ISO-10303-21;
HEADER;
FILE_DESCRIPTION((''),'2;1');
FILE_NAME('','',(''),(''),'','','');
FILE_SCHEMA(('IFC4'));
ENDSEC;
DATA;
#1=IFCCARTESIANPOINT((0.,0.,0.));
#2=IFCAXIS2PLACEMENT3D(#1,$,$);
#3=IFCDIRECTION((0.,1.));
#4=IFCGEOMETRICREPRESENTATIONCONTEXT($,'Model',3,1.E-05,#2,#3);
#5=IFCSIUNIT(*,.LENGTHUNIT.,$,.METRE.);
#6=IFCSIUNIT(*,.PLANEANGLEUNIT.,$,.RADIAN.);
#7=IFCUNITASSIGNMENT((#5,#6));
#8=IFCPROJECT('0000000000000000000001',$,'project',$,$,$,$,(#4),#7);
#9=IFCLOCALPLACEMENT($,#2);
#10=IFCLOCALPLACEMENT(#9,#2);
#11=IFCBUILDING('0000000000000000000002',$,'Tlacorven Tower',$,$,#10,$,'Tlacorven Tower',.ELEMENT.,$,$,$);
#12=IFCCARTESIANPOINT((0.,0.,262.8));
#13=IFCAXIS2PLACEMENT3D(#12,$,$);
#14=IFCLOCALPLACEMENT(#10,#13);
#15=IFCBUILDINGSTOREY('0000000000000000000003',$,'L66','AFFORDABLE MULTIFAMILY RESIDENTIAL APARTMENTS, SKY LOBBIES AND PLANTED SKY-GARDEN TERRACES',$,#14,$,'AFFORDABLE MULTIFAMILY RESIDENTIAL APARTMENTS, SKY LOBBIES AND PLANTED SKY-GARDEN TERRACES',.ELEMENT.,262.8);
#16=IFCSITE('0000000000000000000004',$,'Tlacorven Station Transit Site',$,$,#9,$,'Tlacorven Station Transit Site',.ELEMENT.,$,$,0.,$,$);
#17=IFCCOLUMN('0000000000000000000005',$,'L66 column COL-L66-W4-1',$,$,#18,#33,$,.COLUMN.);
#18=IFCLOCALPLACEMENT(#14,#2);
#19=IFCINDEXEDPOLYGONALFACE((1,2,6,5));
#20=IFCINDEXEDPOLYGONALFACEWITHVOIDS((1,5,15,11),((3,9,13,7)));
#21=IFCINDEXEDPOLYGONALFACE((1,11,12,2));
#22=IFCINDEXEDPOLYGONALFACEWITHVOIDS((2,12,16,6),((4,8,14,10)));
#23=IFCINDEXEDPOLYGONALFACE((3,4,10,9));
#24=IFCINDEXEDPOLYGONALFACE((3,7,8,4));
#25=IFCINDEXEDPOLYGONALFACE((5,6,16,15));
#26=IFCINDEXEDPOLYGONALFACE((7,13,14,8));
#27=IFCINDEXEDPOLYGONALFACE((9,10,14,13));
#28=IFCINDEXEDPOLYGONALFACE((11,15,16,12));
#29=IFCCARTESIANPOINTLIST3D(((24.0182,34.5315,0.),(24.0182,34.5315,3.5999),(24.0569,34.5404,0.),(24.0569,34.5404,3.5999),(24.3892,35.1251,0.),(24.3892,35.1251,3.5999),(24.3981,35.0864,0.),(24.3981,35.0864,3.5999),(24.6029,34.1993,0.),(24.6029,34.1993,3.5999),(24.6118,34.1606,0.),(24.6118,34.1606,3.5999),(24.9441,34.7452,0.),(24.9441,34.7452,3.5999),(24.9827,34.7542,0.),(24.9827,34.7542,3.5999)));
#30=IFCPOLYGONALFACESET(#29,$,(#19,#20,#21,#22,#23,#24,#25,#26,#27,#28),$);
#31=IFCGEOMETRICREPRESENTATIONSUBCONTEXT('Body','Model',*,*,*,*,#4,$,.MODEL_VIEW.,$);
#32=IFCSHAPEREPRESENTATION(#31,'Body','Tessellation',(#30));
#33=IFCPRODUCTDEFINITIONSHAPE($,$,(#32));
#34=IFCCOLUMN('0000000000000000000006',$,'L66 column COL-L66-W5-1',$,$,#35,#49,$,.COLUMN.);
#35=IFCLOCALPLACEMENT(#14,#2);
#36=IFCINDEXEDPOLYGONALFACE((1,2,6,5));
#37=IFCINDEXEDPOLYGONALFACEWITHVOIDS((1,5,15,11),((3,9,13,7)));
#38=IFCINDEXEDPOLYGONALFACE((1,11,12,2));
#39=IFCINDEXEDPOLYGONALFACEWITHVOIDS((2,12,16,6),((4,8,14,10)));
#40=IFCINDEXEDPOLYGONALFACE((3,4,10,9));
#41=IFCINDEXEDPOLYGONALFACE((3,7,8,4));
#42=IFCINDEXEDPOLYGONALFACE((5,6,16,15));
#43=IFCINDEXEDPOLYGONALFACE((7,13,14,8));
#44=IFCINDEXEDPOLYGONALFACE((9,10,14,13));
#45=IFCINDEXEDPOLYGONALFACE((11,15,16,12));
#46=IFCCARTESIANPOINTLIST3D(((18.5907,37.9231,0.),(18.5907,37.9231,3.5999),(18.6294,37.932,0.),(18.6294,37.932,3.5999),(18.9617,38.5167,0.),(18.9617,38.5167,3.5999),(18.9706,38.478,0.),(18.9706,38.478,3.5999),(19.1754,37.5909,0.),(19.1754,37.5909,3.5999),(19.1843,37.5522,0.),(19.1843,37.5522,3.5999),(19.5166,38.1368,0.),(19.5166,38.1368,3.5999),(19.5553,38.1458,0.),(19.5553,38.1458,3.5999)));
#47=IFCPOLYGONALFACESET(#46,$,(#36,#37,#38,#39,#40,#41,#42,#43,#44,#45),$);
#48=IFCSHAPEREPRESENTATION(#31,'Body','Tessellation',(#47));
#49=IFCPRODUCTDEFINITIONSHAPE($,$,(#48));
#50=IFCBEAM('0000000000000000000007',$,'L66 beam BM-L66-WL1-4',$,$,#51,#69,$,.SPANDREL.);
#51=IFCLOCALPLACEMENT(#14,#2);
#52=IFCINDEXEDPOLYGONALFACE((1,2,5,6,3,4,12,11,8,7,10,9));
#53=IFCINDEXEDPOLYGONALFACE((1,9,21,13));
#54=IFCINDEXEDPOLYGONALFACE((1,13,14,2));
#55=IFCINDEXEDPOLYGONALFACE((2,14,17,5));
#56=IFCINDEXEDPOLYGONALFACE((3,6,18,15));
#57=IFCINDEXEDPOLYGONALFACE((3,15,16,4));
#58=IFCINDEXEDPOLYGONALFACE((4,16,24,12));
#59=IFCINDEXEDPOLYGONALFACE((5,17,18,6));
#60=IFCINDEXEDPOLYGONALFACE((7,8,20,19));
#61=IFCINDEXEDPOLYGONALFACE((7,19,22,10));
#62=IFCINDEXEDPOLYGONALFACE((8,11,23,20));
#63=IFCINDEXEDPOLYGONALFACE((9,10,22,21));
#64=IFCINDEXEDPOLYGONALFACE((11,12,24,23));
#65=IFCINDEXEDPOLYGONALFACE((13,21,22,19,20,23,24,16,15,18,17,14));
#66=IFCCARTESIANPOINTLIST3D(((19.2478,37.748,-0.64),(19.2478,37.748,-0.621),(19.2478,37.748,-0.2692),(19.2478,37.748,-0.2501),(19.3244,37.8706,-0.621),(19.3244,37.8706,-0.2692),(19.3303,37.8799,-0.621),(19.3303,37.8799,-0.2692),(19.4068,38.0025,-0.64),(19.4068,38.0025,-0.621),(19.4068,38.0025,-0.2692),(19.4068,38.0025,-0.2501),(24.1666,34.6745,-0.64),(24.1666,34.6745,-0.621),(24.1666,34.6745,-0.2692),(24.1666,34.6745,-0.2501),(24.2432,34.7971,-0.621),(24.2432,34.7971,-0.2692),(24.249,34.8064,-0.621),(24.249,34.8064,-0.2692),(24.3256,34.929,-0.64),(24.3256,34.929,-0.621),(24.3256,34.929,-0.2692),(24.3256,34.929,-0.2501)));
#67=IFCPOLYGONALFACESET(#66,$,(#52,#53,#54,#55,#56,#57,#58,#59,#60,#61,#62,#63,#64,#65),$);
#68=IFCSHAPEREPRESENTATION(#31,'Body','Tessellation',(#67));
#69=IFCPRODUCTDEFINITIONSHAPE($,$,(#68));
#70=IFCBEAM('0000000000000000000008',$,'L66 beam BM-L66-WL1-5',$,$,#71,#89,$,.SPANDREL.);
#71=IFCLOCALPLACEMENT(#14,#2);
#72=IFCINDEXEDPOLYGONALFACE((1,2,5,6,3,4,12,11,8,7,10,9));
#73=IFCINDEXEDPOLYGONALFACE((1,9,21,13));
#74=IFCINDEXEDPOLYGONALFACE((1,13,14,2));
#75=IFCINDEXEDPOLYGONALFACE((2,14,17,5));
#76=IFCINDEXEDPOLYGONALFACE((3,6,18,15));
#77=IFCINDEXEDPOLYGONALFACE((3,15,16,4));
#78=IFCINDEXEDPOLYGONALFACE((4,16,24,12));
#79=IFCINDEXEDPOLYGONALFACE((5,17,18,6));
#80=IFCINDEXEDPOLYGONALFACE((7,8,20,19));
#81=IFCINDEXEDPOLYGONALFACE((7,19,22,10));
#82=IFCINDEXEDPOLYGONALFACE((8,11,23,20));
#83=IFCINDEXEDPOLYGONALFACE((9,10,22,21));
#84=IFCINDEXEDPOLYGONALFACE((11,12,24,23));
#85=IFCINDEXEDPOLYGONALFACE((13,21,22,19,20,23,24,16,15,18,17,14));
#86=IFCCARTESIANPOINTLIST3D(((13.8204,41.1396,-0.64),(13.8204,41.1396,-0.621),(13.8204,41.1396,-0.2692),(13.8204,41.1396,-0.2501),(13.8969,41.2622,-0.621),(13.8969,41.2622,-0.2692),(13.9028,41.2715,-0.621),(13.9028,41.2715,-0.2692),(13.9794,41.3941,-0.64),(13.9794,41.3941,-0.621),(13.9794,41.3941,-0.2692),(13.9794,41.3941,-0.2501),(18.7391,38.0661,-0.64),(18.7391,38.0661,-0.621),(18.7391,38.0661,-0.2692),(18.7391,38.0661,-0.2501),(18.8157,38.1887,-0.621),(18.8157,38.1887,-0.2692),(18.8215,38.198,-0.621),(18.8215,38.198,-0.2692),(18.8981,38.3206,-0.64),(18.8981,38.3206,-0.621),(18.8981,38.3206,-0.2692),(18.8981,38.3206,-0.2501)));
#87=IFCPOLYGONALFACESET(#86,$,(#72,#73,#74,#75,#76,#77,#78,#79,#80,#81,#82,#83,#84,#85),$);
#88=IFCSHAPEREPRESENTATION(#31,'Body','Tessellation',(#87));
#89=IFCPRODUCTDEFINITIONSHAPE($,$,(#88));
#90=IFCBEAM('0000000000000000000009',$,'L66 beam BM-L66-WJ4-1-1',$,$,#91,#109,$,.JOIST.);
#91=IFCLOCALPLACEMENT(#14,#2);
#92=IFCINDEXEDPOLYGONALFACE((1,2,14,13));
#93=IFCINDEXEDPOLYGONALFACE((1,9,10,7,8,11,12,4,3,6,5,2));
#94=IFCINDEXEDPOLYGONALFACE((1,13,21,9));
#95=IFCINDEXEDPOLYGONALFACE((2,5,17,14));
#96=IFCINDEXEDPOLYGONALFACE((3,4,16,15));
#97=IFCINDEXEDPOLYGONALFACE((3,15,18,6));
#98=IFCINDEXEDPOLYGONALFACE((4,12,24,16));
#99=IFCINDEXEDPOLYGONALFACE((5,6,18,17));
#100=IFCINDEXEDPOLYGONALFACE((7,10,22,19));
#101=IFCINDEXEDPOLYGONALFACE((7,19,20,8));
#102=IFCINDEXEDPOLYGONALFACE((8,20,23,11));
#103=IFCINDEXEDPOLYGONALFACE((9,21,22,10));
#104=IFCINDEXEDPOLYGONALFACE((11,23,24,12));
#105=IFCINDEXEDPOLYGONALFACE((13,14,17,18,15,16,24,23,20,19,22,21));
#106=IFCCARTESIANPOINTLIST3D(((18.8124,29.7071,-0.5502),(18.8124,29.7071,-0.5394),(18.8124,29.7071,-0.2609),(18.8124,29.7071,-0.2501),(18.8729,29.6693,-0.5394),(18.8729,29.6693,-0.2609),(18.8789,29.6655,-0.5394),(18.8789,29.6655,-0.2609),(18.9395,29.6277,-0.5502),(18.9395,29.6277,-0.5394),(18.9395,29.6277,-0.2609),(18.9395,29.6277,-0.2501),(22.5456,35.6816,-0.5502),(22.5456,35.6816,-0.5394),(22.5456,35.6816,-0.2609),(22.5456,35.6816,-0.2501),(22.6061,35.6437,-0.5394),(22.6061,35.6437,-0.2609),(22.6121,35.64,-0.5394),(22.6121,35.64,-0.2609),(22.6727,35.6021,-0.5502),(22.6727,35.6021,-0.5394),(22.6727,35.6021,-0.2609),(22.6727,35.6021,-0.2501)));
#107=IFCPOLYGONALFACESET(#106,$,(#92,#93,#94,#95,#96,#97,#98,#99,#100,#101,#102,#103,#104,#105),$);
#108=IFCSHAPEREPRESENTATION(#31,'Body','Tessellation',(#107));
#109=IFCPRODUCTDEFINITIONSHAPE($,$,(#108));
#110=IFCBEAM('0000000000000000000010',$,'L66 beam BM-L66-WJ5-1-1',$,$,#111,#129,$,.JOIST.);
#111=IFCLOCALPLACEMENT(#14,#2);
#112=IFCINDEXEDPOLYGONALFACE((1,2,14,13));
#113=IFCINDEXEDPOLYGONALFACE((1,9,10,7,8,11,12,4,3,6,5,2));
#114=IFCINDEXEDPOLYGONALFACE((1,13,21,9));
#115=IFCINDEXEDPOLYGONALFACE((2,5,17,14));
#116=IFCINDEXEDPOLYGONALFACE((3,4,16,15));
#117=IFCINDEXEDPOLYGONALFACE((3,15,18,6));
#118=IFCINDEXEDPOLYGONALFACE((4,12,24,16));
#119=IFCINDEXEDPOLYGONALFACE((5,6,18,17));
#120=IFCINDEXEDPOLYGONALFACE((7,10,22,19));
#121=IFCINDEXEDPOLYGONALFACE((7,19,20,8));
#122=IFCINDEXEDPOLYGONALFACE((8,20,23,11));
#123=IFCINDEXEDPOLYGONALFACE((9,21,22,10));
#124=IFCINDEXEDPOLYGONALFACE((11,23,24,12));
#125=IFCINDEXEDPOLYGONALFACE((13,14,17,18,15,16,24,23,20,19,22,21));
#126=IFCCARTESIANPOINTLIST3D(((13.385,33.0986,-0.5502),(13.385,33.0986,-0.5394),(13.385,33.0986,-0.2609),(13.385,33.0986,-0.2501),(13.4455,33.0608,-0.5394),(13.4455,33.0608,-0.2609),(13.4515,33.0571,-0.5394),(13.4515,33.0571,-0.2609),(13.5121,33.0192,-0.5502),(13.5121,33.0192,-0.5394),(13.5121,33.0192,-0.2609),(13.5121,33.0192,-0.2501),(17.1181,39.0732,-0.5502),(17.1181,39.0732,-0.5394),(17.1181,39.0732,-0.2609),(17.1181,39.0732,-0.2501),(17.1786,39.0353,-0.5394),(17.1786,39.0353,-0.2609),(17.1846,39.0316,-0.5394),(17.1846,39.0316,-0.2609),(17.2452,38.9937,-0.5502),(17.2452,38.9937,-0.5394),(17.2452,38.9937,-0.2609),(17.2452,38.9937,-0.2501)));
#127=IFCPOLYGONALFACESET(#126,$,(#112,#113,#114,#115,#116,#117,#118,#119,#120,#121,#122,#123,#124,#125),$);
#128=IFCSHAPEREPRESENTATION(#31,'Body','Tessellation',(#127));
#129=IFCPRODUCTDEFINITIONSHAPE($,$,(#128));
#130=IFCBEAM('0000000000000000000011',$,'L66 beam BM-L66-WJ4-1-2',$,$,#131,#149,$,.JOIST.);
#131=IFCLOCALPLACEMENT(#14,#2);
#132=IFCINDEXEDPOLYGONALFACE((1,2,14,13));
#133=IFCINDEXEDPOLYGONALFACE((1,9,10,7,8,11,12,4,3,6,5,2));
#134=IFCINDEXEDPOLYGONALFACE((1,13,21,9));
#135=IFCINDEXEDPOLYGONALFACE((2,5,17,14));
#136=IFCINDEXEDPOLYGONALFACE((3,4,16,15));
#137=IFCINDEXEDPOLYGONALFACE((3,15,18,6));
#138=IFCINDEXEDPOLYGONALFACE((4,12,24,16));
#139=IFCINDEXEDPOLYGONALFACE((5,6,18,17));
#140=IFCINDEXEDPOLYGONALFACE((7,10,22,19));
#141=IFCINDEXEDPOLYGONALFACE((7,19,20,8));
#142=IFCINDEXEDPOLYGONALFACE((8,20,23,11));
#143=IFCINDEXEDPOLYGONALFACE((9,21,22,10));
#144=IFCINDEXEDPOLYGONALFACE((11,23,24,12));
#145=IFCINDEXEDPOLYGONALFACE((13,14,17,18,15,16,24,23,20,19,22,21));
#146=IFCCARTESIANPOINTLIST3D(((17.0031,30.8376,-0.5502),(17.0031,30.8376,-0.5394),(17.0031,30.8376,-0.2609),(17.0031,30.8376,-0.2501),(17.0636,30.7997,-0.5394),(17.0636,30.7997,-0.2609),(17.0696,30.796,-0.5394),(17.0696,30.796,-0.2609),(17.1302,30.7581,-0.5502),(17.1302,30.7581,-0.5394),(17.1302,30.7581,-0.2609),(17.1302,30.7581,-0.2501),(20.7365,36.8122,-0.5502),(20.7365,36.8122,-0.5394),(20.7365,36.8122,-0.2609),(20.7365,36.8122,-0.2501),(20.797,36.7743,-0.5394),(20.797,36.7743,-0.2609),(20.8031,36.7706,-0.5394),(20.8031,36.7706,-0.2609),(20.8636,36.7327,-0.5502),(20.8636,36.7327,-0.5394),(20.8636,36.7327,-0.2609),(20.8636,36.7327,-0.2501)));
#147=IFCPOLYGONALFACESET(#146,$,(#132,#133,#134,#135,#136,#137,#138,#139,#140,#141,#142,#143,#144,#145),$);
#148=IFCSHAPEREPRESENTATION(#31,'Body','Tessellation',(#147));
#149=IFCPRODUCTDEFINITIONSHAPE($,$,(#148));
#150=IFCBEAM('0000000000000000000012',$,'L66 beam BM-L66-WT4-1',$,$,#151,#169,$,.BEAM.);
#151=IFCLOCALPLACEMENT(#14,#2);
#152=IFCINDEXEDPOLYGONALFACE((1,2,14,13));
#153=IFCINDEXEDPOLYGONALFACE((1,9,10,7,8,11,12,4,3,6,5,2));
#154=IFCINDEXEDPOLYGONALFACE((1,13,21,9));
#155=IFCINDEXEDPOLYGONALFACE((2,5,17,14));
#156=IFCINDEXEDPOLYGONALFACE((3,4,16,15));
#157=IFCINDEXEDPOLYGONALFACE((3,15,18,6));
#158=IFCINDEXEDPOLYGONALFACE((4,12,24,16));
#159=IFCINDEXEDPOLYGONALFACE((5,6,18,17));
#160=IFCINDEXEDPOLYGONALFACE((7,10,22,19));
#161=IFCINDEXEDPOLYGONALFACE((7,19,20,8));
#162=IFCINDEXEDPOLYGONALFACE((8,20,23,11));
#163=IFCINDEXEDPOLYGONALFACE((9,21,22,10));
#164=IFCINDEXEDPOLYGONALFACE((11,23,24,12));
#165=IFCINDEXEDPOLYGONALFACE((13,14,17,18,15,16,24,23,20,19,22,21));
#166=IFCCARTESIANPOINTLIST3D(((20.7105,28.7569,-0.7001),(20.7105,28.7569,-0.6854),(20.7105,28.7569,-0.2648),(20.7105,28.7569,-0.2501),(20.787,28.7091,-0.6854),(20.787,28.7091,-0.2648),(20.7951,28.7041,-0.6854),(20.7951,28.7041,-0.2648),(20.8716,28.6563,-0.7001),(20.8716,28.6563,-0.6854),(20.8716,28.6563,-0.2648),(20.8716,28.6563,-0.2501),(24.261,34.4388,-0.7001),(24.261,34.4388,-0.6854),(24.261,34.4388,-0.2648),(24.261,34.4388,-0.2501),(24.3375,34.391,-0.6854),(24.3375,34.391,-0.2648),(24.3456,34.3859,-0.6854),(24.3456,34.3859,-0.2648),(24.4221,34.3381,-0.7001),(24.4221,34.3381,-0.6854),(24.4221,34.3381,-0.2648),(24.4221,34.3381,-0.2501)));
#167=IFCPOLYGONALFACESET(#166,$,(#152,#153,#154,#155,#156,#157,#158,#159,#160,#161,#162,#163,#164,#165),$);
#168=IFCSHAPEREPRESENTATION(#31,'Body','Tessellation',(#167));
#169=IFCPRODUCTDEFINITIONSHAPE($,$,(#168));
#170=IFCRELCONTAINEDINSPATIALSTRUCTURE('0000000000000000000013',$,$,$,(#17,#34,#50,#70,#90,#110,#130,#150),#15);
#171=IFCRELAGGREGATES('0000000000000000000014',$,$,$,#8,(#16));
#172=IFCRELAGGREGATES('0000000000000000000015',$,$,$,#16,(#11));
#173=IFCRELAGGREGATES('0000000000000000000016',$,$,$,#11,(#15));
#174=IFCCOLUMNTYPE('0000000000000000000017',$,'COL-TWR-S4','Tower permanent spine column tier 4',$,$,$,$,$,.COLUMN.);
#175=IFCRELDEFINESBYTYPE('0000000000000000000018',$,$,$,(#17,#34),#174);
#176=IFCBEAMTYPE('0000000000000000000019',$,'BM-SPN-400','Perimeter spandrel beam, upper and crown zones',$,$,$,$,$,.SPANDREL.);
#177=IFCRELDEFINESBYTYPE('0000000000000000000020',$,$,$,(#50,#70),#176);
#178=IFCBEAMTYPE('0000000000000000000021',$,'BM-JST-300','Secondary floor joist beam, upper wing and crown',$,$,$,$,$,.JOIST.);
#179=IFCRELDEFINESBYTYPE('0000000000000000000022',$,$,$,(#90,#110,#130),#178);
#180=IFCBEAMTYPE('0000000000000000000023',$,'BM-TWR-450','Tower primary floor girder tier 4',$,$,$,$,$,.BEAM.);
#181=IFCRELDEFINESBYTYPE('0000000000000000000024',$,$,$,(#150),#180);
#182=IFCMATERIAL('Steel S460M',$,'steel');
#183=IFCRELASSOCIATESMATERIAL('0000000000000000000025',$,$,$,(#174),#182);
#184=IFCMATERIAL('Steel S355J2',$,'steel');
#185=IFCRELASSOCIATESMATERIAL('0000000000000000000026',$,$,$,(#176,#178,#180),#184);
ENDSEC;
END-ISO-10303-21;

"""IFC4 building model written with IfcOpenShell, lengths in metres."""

from ifc_helpers import new_model, si_unit, direction, frame, origin, origin_2d, place, context, subcontext, project, spatial, hollow_rectangle, i_section, extrude, source, transform, mapped, material, material_profile, profile_set, type_object, element, save


model = new_model("IFC4")

# Units and contexts
model_context = context("Model", 3, precision=1e-05, world=origin(), true_north=direction((0.0, 1.0)))
body_context = subcontext(model_context, "Body", "Model", "MODEL_VIEW")
ifc_project = project(units=[si_unit("LENGTHUNIT", "METRE"), si_unit("PLANEANGLEUNIT", "RADIAN")], contexts=[model_context])

# Site, building, storey
site_placement = place(None, origin())
site = spatial("IfcSite", under=ifc_project, at=site_placement, Name="Tlacorven Station Transit Site", LongName="Tlacorven Station Transit Site", CompositionType="ELEMENT", RefElevation=0.0)
building_placement = place(site_placement, origin())
building = spatial("IfcBuilding", under=site, at=building_placement, Name="Tlacorven Tower", LongName="Tlacorven Tower", CompositionType="ELEMENT")
storey_placement = place(building_placement, frame((0.0, 0.0, 262.8)))
storey = spatial("IfcBuildingStorey", under=building, at=storey_placement, Name="L66", Description="AFFORDABLE MULTIFAMILY RESIDENTIAL APARTMENTS, SKY LOBBIES AND PLANTED SKY-GARDEN TERRACES", LongName="AFFORDABLE MULTIFAMILY RESIDENTIAL APARTMENTS, SKY LOBBIES AND PLANTED SKY-GARDEN TERRACES", CompositionType="ELEMENT", Elevation=262.8)

# Columns
ifc_material_1 = material(Name="Steel S460M", Category="steel")
ifc_material_profile_1 = material_profile(ifc_material_1, hollow_rectangle(XDim=0.7, YDim=0.7, WallThickness=0.0281, at=origin_2d()), Name="BOX 700X700X28")
ifc_profile_set_1 = profile_set([ifc_material_profile_1], Name="Steel S460M")
column_type = type_object("IfcColumnType", Name="COL-TWR-S4", Description="Tower permanent spine column tier 4", PredefinedType="COLUMN", material=ifc_profile_set_1)
shared_shape_1 = source(origin(), body_context, "Body", "SweptSolid", [
    extrude(hollow_rectangle(XDim=0.7, YDim=0.7, WallThickness=0.0281, at=origin_2d()), origin(), (0.0, 0.0, 1.0), 3.5999),
])
for number, where, z_axis, x_axis, name in (
    (1, (24.5005, 34.6428, 0.0), (0.0, 0.0, 1.0), (-0.848048, 0.529919, 0.0), "L66 column COL-L66-W4-1"),
    (2, (19.073, 38.0344, 0.0), (0.0, 0.0, 1.0), (-0.848048, 0.529919, 0.0), "L66 column COL-L66-W5-1"),
):
    element("IfcColumn", number, at=place(storey_placement, frame(where, z_axis=z_axis, x_axis=x_axis)), inside=storey, type_object=column_type, Name=name, PredefinedType="COLUMN", context=body_context, shape_type="MappedRepresentation", body=[
        mapped(shared_shape_1, transform((0.0, 0.0, 0.0), scale=1.0)),
    ])

# Beams
ifc_material_2 = material(Name="Steel S355J2", Category="steel")
ifc_material_profile_2 = material_profile(ifc_material_2, i_section(OverallWidth=0.3, OverallDepth=0.3899, WebThickness=0.011, FlangeThickness=0.019, at=origin_2d()), Name="HEA 400")
ifc_profile_set_2 = profile_set([ifc_material_profile_2], Name="Steel S355J2")
beam_type_1 = type_object("IfcBeamType", Name="BM-SPN-400", Description="Perimeter spandrel beam, upper and crown zones", PredefinedType="SPANDREL", material=ifc_profile_set_2)
shared_shape_2 = source(origin(), body_context, "Body", "SweptSolid", [
    extrude(i_section(OverallWidth=0.3, OverallDepth=0.3899, WebThickness=0.011, FlangeThickness=0.019, at=origin_2d()), origin(), (0.0, 0.0, 1.0), 5.8),
])
for number, where, z_axis, x_axis, name in (
    (3, (24.2461, 34.8018, -0.4451), (-0.848053, 0.529912, 0.0), (-0.529912, -0.848053, 0.0), "L66 beam BM-L66-WL1-4"),
    (4, (18.8186, 38.1934, -0.4451), (-0.848053, 0.529912, 0.0), (-0.529912, -0.848053, 0.0), "L66 beam BM-L66-WL1-5"),
):
    element("IfcBeam", number, at=place(storey_placement, frame(where, z_axis=z_axis, x_axis=x_axis)), inside=storey, type_object=beam_type_1, Name=name, PredefinedType="SPANDREL", context=body_context, shape_type="MappedRepresentation", body=[
        mapped(shared_shape_2, transform((0.0, 0.0, 0.0), scale=1.0)),
    ])
ifc_material_profile_3 = material_profile(ifc_material_2, i_section(OverallWidth=0.1499, OverallDepth=0.3, WebThickness=0.0071, FlangeThickness=0.0107, at=origin_2d()), Name="IPE 300")
ifc_profile_set_3 = profile_set([ifc_material_profile_3], Name="Steel S355J2")
beam_type_2 = type_object("IfcBeamType", Name="BM-JST-300", Description="Secondary floor joist beam, upper wing and crown", PredefinedType="JOIST", material=ifc_profile_set_3)
shared_shape_3 = source(origin(), body_context, "Body", "SweptSolid", [
    extrude(i_section(OverallWidth=0.1499, OverallDepth=0.3, WebThickness=0.0071, FlangeThickness=0.0107, at=origin_2d()), origin(), (0.0, 0.0, 1.0), 7.0449),
])
for number, where, z_axis, x_axis, name in (
    (5, (22.6091, 35.6418, -0.4001), (-0.529915, -0.848051, 0.0), (0.848051, -0.529915, 0.0), "L66 beam BM-L66-WJ4-1-1"),
    (6, (17.1816, 39.0334, -0.4001), (-0.529899, -0.848061, 0.0), (0.848061, -0.529899, 0.0), "L66 beam BM-L66-WJ5-1-1"),
):
    element("IfcBeam", number, at=place(storey_placement, frame(where, z_axis=z_axis, x_axis=x_axis)), inside=storey, type_object=beam_type_2, Name=name, PredefinedType="JOIST", context=body_context, shape_type="MappedRepresentation", body=[
        mapped(shared_shape_3, transform((0.0, 0.0, 0.0), scale=1.0)),
    ])
shared_shape_4 = source(origin(), body_context, "Body", "SweptSolid", [
    extrude(i_section(OverallWidth=0.1499, OverallDepth=0.3, WebThickness=0.0071, FlangeThickness=0.0107, at=origin_2d()), origin(), (0.0, 0.0, 1.0), 7.0452),
])
beam_1_placement = place(storey_placement, frame((20.8, 36.7725, -0.4001), z_axis=(-0.529924, -0.848045, 0.0), x_axis=(0.848045, -0.529924, 0.0)))
element("IfcBeam", 7, at=beam_1_placement, inside=storey, type_object=beam_type_2, Name="L66 beam BM-L66-WJ4-1-2", PredefinedType="JOIST", context=body_context, shape_type="MappedRepresentation", body=[
    mapped(shared_shape_4, transform((0.0, 0.0, 0.0), scale=1.0)),
])
ifc_material_profile_4 = material_profile(ifc_material_2, i_section(OverallWidth=0.1899, OverallDepth=0.45, WebThickness=0.0095, FlangeThickness=0.0146, at=origin_2d()), Name="IPE 450")
ifc_profile_set_4 = profile_set([ifc_material_profile_4], Name="Steel S355J2")
beam_type_3 = type_object("IfcBeamType", Name="BM-TWR-450", Description="Tower primary floor girder tier 4", PredefinedType="BEAM", material=ifc_profile_set_4)
shared_shape_5 = source(origin(), body_context, "Body", "SweptSolid", [
    extrude(i_section(OverallWidth=0.1899, OverallDepth=0.45, WebThickness=0.0095, FlangeThickness=0.0146, at=origin_2d()), origin(), (0.0, 0.0, 1.0), 6.7),
])
beam_2_placement = place(storey_placement, frame((24.3416, 34.3884, -0.4751), z_axis=(-0.52993, -0.848041, 0.0), x_axis=(0.848041, -0.52993, 0.0)))
element("IfcBeam", 8, at=beam_2_placement, inside=storey, type_object=beam_type_3, Name="L66 beam BM-L66-WT4-1", PredefinedType="BEAM", context=body_context, shape_type="MappedRepresentation", body=[
    mapped(shared_shape_5, transform((0.0, 0.0, 0.0), scale=1.0)),
])

save(model, "model.ifc")
